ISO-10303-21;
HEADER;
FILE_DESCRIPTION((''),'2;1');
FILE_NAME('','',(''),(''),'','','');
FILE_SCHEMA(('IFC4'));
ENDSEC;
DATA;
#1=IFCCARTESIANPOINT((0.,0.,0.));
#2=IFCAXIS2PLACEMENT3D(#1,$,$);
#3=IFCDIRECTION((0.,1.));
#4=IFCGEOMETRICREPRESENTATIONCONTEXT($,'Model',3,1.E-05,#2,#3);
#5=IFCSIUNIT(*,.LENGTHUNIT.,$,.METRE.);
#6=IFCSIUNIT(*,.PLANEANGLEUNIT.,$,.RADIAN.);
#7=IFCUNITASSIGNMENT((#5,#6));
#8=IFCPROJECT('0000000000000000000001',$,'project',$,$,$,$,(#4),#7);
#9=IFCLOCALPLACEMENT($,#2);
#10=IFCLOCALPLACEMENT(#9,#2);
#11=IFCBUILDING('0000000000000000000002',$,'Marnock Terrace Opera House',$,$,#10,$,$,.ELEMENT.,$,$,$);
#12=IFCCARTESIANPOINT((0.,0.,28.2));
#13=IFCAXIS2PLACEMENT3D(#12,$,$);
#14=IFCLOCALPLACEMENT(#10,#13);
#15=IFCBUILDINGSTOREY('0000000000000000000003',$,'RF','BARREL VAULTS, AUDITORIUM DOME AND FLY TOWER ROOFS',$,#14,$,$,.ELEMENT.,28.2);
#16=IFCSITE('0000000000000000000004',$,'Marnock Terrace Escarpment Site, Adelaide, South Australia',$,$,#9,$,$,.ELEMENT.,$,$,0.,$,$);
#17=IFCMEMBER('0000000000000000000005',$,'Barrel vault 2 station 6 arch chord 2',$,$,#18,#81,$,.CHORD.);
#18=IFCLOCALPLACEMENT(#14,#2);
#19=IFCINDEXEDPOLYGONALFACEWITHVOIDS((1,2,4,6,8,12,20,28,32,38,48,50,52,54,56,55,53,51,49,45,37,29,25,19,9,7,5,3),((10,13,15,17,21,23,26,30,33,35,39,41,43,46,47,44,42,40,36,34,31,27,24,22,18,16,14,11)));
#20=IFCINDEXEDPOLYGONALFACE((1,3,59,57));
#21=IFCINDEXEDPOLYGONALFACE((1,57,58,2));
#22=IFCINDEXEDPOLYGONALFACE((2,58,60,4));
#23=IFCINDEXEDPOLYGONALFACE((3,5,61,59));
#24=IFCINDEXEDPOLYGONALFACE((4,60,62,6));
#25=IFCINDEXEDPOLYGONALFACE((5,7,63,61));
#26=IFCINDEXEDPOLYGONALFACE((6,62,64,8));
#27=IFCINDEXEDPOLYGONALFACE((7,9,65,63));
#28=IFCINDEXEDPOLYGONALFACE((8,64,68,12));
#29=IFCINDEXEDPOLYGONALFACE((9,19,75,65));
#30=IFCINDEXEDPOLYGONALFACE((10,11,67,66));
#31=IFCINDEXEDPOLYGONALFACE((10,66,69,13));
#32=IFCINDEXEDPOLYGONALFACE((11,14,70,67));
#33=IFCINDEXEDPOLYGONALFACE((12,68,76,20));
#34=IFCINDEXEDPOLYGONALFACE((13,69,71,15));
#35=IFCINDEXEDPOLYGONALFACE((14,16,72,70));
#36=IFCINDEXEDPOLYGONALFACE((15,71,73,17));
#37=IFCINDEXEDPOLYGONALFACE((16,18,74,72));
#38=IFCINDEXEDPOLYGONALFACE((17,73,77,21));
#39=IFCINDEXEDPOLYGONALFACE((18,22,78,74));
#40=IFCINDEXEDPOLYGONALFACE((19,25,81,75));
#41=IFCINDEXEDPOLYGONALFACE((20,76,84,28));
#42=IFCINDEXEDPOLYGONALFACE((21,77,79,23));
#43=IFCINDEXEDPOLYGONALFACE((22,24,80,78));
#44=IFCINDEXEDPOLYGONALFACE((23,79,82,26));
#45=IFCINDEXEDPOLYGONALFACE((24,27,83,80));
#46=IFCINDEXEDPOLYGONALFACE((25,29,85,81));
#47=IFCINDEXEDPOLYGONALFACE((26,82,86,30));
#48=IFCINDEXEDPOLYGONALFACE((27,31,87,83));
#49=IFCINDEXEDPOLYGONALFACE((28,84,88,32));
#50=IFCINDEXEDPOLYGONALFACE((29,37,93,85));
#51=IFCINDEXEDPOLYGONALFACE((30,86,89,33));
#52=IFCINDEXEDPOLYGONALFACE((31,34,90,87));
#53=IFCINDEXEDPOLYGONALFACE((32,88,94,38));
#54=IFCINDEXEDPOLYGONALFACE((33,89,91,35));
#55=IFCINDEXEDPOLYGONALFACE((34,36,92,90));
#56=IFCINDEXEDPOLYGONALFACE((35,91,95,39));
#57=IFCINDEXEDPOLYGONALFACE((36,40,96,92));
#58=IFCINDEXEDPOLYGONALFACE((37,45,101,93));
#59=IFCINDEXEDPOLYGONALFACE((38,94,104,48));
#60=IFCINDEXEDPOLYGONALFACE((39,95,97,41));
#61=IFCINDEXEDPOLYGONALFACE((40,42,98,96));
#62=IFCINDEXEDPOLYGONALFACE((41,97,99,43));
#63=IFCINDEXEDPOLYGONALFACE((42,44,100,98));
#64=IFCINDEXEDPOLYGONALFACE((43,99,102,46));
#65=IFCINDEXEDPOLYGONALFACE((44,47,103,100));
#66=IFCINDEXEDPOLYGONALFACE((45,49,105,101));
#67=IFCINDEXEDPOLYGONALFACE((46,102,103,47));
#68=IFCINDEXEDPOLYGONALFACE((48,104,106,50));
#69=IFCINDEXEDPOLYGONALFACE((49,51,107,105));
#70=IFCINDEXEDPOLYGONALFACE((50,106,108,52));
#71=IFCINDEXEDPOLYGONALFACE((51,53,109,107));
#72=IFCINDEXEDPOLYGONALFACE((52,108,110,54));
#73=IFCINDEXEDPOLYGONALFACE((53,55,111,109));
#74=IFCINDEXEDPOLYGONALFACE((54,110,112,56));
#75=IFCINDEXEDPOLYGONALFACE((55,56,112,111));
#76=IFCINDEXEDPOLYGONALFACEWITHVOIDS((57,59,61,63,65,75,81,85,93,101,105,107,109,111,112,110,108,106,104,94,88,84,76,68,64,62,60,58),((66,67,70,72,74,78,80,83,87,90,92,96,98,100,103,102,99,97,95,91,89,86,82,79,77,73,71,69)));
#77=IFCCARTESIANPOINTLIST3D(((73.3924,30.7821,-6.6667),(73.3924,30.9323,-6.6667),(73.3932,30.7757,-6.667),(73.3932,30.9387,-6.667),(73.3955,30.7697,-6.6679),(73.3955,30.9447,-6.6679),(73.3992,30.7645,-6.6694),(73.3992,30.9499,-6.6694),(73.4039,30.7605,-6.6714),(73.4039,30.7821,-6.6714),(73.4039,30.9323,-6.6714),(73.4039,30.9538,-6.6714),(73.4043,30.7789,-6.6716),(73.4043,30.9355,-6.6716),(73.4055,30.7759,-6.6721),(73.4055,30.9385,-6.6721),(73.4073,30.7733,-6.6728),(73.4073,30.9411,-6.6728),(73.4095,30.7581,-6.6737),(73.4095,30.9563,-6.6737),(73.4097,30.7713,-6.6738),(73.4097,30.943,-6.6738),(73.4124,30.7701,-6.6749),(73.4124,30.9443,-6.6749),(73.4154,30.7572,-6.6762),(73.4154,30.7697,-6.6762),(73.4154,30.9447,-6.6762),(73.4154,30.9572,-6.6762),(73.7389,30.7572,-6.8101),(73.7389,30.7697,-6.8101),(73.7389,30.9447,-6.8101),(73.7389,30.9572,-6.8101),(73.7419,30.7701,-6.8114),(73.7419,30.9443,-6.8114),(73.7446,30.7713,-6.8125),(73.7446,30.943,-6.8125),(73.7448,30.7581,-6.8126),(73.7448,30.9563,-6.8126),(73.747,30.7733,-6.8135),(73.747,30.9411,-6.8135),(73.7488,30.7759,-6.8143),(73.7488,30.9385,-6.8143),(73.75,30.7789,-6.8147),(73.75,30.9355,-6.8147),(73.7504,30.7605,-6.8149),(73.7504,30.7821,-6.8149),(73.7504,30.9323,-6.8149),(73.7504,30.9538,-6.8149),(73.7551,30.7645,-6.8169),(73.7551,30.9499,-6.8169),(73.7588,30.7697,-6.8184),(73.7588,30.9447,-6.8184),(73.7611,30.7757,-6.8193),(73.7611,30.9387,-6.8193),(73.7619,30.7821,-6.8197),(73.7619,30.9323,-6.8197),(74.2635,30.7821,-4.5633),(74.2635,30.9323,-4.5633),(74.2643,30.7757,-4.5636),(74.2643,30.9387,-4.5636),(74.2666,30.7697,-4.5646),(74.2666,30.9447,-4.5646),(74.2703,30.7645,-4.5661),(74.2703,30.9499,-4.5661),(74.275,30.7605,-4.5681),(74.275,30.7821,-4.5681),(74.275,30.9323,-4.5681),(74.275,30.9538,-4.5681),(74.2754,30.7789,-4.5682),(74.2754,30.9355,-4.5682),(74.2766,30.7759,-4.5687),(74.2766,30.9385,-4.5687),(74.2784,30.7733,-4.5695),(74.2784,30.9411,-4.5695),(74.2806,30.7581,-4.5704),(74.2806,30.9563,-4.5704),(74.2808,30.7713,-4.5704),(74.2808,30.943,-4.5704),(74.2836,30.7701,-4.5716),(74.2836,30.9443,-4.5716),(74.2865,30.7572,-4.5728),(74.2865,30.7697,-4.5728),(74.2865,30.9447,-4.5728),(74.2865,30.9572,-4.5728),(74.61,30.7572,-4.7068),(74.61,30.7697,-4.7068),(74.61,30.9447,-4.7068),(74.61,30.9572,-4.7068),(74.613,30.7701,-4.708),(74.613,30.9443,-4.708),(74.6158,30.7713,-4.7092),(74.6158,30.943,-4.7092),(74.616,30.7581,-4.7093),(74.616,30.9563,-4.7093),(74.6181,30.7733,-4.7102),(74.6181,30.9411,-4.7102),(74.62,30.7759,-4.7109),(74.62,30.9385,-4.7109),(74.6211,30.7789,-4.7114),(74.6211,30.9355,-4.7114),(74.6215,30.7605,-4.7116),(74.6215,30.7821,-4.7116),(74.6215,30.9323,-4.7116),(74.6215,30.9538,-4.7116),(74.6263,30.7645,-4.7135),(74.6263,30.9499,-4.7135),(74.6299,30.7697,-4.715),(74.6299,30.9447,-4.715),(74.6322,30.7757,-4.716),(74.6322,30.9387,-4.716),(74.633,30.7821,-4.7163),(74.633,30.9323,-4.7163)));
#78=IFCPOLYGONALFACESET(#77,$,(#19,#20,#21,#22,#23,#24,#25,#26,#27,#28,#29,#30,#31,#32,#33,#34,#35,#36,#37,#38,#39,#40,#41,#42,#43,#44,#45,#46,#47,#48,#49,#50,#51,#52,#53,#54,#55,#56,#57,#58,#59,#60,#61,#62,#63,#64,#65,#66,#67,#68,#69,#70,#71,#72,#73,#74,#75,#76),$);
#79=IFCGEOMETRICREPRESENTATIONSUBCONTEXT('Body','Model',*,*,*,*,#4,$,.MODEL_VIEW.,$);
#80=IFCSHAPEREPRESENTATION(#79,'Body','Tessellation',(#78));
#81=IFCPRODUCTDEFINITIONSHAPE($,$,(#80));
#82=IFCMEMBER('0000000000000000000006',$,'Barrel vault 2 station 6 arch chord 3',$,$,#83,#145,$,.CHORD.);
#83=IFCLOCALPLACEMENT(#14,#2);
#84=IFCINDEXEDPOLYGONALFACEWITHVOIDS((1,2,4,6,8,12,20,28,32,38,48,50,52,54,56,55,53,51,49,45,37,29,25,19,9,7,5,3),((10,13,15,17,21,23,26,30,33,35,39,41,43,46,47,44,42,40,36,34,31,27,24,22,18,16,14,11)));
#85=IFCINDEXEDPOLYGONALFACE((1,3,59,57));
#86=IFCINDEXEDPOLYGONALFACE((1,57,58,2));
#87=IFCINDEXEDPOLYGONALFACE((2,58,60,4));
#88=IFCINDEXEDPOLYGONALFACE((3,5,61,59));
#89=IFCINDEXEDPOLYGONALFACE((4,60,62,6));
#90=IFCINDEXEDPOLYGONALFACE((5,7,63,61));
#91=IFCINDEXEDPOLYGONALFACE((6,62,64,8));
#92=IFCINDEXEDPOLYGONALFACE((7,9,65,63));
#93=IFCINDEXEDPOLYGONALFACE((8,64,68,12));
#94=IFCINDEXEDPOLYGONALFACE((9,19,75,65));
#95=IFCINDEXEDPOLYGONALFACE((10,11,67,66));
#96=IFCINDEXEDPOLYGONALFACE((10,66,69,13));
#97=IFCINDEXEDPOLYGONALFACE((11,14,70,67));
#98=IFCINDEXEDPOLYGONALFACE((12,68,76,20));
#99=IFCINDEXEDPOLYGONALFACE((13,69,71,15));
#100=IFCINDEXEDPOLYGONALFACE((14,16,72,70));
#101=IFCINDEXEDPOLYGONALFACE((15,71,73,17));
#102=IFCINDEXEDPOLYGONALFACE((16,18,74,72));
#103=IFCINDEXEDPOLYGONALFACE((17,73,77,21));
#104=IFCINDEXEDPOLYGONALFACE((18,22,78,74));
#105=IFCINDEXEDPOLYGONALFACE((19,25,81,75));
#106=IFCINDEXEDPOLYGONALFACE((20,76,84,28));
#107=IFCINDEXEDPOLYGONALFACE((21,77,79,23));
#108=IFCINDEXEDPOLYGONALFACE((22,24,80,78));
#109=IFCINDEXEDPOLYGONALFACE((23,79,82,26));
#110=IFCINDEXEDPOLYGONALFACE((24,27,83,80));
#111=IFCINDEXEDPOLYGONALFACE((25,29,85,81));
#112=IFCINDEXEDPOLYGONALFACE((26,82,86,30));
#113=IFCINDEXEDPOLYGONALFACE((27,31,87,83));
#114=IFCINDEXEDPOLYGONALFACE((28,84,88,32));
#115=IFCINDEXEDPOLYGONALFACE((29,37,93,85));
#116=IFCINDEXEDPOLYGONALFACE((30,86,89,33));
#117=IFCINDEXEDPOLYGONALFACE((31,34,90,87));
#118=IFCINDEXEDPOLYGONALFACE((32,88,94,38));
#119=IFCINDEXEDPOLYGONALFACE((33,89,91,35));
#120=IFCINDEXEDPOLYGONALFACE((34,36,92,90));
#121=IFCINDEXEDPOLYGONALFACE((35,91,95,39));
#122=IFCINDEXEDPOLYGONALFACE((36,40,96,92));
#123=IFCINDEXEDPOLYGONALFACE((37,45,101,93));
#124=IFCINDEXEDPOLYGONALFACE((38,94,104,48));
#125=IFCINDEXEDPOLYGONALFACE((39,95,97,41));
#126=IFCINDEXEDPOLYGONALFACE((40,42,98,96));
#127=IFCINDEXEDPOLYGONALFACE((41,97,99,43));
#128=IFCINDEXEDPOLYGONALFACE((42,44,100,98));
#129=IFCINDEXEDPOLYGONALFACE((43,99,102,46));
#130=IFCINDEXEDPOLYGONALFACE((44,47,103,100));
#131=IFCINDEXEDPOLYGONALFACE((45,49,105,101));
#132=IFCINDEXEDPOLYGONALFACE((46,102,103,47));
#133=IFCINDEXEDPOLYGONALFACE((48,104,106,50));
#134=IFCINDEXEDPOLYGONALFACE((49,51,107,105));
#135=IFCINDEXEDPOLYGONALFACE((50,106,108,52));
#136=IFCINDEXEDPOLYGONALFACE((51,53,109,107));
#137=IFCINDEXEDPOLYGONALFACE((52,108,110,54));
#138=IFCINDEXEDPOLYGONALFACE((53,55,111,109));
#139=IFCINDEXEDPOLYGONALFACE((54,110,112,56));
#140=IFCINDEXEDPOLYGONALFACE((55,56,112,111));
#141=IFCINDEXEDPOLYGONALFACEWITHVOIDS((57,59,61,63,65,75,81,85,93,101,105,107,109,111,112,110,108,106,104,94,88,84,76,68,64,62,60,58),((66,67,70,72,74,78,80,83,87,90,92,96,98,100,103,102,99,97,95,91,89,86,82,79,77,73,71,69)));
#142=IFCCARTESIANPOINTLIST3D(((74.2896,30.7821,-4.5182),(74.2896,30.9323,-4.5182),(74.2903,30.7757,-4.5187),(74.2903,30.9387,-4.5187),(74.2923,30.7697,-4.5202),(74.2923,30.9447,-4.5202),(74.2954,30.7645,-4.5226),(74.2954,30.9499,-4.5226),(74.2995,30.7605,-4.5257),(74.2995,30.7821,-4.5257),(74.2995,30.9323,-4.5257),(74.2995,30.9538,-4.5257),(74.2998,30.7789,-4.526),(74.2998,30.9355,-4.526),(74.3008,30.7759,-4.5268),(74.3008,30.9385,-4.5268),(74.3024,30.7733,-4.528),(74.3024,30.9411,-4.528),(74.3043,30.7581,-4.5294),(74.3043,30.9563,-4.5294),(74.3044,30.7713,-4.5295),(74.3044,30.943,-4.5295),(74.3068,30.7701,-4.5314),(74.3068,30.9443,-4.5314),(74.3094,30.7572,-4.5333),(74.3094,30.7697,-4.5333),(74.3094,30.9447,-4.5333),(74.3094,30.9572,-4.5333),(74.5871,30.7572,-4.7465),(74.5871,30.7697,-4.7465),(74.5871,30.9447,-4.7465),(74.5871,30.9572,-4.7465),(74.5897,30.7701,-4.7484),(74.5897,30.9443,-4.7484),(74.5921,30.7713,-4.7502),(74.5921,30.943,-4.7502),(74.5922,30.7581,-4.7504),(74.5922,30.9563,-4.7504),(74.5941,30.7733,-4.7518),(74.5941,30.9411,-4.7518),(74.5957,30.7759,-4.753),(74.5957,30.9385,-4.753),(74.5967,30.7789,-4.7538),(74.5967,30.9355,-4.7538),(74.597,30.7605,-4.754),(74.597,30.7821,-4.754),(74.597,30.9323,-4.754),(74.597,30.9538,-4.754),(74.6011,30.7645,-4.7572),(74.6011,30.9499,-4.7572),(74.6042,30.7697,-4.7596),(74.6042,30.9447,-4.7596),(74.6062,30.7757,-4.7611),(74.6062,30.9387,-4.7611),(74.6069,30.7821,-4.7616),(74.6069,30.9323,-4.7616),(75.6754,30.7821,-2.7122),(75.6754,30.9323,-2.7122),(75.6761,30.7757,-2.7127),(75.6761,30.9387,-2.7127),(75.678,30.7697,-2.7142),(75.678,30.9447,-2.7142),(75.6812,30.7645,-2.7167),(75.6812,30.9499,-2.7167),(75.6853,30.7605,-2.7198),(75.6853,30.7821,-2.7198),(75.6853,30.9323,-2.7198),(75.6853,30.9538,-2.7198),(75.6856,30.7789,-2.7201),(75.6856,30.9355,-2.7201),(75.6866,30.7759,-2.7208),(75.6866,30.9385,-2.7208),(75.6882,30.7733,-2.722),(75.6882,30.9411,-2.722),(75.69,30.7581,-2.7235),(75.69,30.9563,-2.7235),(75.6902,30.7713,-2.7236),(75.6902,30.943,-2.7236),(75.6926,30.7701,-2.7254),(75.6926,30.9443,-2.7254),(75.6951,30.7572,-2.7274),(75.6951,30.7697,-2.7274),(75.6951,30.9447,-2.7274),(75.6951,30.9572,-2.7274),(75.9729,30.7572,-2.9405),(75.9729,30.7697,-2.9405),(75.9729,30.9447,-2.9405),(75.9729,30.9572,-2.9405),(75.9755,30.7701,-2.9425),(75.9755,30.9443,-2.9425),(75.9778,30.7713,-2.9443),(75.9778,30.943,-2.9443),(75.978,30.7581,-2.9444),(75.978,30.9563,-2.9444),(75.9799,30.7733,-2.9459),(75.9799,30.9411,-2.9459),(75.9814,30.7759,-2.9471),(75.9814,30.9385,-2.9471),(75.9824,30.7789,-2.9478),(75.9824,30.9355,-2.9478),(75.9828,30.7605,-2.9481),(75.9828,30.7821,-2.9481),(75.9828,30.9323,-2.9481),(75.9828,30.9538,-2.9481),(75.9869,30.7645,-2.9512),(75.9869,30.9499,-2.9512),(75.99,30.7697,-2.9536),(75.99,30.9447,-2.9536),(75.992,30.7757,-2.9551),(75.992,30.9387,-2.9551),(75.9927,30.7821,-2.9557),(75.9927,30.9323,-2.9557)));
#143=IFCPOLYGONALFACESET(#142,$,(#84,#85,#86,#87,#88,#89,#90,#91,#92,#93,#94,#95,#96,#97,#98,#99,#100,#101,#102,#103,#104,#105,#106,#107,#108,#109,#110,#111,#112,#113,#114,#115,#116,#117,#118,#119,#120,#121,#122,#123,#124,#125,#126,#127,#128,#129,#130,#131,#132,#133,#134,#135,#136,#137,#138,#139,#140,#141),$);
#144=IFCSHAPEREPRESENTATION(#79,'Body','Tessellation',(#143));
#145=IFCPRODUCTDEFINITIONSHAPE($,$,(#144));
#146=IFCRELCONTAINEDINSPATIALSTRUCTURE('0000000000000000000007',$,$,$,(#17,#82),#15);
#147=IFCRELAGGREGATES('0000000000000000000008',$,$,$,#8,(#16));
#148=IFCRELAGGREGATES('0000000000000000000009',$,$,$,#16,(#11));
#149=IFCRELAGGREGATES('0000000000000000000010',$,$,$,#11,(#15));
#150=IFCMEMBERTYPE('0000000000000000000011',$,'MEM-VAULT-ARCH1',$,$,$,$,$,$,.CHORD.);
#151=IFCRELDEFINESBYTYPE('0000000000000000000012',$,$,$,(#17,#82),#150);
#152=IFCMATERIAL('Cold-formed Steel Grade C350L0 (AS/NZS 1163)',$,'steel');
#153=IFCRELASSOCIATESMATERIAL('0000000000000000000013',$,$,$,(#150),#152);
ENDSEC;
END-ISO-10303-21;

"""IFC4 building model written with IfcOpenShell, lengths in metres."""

from ifc_helpers import new_model, si_unit, direction, frame, origin, origin_2d, place, context, subcontext, project, spatial, hollow_rectangle, extrude, material, material_profile, profile_set, type_object, element, save


model = new_model("IFC4")

# Units and contexts
model_context = context("Model", 3, precision=1e-05, world=origin(), true_north=direction((0.0, 1.0)))
body_context = subcontext(model_context, "Body", "Model", "MODEL_VIEW")
ifc_project = project(units=[si_unit("LENGTHUNIT", "METRE"), si_unit("PLANEANGLEUNIT", "RADIAN")], contexts=[model_context])

# Site, building, storey
site_placement = place(None, origin())
site = spatial("IfcSite", under=ifc_project, at=site_placement, Name="Marnock Terrace Escarpment Site, Adelaide, South Australia", CompositionType="ELEMENT", RefElevation=0.0)
building_placement = place(site_placement, origin())
building = spatial("IfcBuilding", under=site, at=building_placement, Name="Marnock Terrace Opera House", CompositionType="ELEMENT")
storey_placement = place(building_placement, frame((0.0, 0.0, 28.2)))
storey = spatial("IfcBuildingStorey", under=building, at=storey_placement, Name="RF", Description="BARREL VAULTS, AUDITORIUM DOME AND FLY TOWER ROOFS", CompositionType="ELEMENT", Elevation=28.2)

# Members
ifc_material = material(Name="Cold-formed Steel Grade C350L0 (AS/NZS 1163)", Category="steel")
ifc_material_profile_1 = material_profile(ifc_material, hollow_rectangle(XDim=0.2, YDim=0.3999, WallThickness=0.0125, InnerFilletRadius=0.0125, OuterFilletRadius=0.0249, at=origin_2d()))
ifc_profile_set_1 = profile_set([ifc_material_profile_1], Name="Cold-formed Steel Grade C350L0 (AS/NZS 1163)")
member_type_1 = type_object("IfcMemberType", Name="MEM-VAULT-ARCH1", PredefinedType="CHORD", material=ifc_profile_set_1)
member_1_placement = place(storey_placement, frame((73.5771, 30.8572, -6.7432), z_axis=(0.382642, 0.0, 0.923897), x_axis=(0.0, 1.0, 0.0)))
element("IfcMember", 1, at=member_1_placement, inside=storey, type_object=member_type_1, Name="Barrel vault 2 station 6 arch chord 2", PredefinedType="CHORD", context=body_context, shape_type="SweptSolid", body=[
    extrude(hollow_rectangle(XDim=0.2, YDim=0.3999, WallThickness=0.0125, InnerFilletRadius=0.0125, OuterFilletRadius=0.0249, at=origin_2d()), origin(), (0.0, 0.0, 1.0), 2.2766),
])
for number, where, z_axis, x_axis, name in (
    (2, (74.4482, 30.8572, -4.6399), (0.608767, 0.0, 0.793349), (0.0, 1.0, 0.0), "Barrel vault 2 station 6 arch chord 3"),
):
    element("IfcMember", number, at=place(storey_placement, frame(where, z_axis=z_axis, x_axis=x_axis)), inside=storey, type_object=member_type_1, Name=name, PredefinedType="CHORD", context=body_context, shape_type="SweptSolid", body=[
        extrude(hollow_rectangle(XDim=0.2, YDim=0.3999, WallThickness=0.0125, InnerFilletRadius=0.0125, OuterFilletRadius=0.0249, at=origin_2d()), origin(), (0.0, 0.0, 1.0), 2.2764),
    ])

save(model, "model.ifc")
